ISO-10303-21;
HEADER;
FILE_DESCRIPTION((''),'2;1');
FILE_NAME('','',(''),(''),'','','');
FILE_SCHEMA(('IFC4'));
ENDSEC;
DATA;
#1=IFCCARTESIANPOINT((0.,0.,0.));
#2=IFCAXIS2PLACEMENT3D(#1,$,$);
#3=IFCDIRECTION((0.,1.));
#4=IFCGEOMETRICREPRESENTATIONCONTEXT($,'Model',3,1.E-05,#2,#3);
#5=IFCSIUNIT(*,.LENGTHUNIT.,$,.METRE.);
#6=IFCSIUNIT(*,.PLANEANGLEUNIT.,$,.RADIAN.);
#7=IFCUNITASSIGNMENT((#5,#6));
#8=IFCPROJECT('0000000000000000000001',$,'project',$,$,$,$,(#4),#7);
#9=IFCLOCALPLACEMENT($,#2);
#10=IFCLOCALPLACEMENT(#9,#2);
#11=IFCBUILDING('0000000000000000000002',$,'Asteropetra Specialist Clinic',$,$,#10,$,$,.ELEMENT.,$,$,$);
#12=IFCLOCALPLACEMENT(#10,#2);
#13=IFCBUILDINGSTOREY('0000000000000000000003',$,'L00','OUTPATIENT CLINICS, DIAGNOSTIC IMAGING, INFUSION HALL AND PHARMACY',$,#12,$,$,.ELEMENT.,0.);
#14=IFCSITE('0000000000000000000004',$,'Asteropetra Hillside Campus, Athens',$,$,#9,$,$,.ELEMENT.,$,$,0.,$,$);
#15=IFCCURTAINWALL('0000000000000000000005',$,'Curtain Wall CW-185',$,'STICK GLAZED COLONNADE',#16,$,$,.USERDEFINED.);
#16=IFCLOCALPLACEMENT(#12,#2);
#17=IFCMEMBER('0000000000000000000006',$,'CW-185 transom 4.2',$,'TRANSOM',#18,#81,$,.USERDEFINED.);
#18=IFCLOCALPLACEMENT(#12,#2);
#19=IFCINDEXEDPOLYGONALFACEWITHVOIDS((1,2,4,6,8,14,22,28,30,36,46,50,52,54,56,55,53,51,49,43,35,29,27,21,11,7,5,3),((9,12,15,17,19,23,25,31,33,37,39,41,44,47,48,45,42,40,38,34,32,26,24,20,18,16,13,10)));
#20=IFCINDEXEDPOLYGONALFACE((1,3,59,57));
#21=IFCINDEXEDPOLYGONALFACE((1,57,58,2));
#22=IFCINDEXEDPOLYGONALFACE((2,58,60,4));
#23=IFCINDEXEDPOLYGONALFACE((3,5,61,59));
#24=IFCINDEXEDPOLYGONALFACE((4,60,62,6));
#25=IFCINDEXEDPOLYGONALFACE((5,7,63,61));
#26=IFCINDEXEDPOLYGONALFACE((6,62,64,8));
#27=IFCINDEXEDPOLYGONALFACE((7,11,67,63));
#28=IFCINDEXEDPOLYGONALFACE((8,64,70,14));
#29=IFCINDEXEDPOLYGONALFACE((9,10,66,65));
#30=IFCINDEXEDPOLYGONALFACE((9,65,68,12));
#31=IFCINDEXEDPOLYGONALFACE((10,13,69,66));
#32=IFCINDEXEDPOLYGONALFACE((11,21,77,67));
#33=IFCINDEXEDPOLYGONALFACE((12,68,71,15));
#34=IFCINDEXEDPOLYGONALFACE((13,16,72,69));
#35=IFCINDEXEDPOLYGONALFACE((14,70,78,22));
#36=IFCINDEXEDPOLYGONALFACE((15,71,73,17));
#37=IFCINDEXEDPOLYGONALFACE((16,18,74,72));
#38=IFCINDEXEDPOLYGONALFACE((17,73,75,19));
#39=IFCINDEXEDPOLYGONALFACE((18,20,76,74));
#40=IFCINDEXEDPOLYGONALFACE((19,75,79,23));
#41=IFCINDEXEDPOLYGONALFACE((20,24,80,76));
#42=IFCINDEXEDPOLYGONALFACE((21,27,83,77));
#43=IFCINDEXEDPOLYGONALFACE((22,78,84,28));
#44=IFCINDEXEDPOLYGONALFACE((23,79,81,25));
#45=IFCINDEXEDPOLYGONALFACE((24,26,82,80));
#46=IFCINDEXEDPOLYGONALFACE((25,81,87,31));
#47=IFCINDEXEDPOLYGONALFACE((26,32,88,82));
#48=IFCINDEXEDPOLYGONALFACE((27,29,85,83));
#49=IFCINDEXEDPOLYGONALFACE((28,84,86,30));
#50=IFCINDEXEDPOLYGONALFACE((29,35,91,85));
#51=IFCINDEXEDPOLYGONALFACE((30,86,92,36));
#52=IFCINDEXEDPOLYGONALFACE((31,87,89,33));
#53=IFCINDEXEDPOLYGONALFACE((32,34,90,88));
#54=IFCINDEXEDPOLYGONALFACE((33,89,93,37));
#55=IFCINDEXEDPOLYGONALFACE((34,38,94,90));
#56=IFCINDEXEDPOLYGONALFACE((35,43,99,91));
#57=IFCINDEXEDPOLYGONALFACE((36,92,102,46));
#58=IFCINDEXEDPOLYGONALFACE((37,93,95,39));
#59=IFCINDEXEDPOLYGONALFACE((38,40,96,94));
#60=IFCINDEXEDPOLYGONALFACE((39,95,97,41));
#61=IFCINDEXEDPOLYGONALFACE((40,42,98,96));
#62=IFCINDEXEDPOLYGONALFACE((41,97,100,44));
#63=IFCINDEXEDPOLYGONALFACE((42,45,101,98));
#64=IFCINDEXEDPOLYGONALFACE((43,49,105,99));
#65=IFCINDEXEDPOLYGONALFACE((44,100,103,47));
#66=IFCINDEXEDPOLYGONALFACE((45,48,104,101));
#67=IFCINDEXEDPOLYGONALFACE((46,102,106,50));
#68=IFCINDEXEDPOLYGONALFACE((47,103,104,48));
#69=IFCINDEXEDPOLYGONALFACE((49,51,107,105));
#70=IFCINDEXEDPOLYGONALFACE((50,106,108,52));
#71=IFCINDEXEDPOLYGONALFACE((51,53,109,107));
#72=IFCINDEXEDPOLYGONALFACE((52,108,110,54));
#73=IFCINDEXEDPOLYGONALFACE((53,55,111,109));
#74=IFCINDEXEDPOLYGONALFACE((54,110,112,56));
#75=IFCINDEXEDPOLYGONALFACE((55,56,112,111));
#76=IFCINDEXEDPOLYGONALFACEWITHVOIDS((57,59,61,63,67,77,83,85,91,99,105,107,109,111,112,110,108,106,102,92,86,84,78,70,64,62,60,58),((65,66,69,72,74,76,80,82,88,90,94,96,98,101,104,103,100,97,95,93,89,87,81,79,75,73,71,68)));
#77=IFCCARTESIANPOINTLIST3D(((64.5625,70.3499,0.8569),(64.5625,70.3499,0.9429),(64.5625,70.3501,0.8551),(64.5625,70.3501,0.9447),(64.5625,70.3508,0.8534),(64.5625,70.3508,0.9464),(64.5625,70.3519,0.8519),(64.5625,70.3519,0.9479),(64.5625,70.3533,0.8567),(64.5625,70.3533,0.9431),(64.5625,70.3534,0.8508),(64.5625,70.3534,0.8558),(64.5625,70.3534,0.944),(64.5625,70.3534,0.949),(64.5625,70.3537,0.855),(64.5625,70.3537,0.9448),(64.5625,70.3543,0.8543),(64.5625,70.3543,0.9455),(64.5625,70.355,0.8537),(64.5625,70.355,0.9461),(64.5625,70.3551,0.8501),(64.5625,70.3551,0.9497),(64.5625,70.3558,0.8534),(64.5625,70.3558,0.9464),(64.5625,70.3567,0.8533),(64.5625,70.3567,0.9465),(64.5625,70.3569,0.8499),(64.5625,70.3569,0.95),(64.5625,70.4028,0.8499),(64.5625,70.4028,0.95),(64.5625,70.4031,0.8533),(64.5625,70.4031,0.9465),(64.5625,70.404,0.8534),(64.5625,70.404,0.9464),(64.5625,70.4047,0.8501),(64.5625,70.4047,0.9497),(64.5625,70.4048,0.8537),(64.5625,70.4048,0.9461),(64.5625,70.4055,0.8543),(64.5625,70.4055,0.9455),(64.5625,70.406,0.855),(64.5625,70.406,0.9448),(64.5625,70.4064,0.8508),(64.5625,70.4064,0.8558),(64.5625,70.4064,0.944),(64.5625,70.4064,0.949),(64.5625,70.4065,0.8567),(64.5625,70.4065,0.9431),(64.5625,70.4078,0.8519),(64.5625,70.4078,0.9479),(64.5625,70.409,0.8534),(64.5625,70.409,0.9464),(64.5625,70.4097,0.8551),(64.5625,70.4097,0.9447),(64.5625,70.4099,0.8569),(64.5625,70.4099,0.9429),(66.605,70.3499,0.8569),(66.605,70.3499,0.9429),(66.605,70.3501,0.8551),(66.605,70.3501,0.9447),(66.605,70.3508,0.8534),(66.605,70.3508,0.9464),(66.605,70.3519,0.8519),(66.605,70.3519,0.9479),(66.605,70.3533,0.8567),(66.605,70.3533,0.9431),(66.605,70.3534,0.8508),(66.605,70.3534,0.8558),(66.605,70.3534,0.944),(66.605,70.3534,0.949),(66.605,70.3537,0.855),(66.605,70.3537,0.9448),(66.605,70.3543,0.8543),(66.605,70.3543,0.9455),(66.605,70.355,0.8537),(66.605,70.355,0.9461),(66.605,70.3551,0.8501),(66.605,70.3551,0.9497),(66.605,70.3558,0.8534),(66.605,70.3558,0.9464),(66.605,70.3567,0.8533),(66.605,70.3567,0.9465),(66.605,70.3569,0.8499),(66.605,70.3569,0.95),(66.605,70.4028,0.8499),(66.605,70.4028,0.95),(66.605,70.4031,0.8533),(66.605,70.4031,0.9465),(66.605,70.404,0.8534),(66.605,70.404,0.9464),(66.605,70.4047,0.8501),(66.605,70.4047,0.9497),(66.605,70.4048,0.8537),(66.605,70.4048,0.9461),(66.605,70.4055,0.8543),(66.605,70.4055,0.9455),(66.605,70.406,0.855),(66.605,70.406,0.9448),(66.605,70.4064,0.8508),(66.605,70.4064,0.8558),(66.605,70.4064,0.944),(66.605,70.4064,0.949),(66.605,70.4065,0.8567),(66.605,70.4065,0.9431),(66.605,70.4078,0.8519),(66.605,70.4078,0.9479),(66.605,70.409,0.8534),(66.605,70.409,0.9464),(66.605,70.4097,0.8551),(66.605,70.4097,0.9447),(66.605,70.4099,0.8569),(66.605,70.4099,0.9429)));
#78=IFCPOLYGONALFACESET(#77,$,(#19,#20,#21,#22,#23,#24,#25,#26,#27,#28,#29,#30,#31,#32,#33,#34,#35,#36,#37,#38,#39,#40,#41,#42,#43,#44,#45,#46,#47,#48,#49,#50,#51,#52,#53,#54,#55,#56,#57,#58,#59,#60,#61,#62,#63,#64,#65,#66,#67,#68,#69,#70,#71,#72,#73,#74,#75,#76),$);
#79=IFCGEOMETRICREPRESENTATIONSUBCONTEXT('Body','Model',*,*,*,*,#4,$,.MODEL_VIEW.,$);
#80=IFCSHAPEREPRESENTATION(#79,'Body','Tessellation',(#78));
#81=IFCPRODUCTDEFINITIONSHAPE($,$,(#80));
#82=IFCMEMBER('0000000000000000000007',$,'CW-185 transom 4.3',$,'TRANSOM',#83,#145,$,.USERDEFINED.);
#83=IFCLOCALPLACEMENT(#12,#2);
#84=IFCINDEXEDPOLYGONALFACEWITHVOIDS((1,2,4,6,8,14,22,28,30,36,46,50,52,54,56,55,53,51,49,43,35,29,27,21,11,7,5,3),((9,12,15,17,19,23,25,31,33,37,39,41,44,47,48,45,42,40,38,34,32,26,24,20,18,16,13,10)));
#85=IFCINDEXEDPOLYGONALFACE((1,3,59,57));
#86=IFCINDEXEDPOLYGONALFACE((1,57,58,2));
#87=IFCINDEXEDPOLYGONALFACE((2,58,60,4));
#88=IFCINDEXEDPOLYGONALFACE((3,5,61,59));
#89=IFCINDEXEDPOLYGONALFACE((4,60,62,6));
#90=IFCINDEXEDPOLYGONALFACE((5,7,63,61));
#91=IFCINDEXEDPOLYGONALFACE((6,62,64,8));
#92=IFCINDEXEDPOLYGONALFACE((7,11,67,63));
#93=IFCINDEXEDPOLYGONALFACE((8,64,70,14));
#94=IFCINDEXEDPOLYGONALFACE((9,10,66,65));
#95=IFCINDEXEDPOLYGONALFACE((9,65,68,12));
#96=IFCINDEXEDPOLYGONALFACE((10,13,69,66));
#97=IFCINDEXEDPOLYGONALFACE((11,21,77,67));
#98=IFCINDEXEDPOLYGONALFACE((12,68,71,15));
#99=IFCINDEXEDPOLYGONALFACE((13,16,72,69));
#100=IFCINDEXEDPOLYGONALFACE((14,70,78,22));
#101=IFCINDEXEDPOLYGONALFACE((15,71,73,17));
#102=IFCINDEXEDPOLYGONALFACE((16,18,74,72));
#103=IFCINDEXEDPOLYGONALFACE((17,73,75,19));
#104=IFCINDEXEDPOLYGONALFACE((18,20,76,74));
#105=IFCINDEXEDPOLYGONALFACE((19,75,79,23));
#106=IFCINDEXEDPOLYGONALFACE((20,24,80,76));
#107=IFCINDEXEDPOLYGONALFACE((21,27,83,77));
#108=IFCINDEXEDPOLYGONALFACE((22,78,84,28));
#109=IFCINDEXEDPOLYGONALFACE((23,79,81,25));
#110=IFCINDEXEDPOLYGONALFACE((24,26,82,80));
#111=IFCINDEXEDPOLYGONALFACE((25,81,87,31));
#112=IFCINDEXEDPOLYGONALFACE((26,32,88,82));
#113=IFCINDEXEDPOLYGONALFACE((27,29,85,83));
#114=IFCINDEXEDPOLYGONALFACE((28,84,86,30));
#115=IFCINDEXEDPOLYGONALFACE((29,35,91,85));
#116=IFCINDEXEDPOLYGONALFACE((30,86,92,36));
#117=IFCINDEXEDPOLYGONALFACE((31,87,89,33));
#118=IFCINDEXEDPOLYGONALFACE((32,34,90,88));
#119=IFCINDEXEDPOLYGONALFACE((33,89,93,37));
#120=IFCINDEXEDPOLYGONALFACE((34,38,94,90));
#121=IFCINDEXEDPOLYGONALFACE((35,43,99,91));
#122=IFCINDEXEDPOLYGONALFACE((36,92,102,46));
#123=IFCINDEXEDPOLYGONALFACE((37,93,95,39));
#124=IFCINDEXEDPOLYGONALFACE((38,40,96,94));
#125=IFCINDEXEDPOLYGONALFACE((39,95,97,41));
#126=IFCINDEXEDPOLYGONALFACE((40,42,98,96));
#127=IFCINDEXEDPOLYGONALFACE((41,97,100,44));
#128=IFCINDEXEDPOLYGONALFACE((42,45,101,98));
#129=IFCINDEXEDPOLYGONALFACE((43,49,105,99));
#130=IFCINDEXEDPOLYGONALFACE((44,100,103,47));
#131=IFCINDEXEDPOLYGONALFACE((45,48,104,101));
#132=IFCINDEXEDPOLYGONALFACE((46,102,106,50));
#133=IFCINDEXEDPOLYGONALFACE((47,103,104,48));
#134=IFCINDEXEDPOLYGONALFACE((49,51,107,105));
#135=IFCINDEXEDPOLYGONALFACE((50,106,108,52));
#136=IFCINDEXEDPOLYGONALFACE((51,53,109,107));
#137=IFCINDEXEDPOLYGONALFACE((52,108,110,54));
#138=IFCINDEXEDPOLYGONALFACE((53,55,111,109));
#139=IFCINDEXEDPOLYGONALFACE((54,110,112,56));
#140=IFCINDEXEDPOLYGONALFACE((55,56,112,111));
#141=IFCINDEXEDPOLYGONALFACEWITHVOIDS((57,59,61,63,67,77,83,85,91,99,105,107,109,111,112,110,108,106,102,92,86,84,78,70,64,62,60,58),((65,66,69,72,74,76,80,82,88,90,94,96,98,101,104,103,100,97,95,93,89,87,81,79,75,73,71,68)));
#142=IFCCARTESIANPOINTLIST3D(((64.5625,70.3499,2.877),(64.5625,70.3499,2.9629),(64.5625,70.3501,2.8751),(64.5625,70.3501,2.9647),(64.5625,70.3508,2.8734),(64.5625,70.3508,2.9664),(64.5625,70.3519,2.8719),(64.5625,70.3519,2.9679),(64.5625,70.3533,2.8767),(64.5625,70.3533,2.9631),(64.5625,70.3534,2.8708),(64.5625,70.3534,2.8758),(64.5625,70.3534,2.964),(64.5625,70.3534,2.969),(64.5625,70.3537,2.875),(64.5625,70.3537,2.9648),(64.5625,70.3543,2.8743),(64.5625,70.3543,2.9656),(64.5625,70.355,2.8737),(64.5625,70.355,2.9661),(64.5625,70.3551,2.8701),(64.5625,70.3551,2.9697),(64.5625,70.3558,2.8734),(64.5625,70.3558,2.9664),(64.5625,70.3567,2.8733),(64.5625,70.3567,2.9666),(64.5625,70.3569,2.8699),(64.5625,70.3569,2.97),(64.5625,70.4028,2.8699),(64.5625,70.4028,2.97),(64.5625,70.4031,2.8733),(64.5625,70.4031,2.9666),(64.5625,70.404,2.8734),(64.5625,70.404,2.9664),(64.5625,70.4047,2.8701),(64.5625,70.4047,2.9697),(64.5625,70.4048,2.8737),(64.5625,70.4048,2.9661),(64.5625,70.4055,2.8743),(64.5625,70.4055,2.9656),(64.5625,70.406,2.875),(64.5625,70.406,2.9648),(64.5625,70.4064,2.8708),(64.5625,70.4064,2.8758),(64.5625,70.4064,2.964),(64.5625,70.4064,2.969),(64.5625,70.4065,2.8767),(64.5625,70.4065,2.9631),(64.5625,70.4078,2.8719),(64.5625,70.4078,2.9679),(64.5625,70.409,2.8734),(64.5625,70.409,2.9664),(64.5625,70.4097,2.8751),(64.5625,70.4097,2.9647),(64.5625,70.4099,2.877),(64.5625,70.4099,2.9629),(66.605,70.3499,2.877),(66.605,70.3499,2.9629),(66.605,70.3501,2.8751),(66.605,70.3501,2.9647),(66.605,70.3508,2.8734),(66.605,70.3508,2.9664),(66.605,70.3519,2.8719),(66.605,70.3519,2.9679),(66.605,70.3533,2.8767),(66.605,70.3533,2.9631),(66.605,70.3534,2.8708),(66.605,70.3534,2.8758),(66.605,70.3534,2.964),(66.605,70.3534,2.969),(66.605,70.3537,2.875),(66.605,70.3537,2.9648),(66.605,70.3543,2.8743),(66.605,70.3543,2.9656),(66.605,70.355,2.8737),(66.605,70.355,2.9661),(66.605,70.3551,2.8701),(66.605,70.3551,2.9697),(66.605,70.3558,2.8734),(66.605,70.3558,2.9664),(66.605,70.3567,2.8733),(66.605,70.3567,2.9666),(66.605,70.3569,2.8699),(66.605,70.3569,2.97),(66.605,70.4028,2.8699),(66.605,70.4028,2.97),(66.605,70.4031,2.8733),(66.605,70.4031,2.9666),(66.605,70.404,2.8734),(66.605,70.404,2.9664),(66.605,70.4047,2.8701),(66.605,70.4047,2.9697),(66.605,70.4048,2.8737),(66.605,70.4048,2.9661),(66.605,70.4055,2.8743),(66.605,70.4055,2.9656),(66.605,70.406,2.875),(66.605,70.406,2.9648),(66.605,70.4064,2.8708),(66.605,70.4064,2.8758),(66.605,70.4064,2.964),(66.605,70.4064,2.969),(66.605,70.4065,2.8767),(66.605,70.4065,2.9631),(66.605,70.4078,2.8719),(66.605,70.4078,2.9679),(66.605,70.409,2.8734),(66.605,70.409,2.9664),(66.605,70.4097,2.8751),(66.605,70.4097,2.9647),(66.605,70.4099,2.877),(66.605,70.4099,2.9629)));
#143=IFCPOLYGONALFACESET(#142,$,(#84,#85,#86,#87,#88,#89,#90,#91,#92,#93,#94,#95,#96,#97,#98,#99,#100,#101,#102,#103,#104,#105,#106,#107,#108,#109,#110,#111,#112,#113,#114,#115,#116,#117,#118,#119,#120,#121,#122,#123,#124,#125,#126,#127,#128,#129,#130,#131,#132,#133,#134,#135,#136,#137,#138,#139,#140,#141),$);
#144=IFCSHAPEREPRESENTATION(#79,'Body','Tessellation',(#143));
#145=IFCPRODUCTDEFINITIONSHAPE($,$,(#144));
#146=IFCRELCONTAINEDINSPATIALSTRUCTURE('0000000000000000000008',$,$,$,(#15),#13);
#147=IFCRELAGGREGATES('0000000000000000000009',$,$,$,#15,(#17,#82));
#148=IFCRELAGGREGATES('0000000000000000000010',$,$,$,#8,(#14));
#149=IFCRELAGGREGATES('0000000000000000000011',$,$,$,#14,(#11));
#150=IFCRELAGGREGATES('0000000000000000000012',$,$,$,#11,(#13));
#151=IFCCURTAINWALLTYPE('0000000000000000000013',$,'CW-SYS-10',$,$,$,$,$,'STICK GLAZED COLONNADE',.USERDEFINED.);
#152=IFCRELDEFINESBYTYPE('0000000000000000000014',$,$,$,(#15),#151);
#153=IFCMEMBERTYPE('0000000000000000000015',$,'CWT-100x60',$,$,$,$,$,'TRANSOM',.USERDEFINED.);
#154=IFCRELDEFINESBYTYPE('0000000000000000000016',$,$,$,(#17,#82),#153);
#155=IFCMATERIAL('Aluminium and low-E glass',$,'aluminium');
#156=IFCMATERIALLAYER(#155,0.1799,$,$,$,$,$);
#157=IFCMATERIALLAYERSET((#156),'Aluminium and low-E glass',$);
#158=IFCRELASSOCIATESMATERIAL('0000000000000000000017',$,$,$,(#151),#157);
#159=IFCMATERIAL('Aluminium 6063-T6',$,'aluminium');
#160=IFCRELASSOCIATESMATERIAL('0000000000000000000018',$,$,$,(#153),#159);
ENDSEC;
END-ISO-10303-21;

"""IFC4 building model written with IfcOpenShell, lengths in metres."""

from ifc_helpers import new_model, si_unit, direction, frame, origin, origin_2d, place, context, subcontext, project, spatial, hollow_rectangle, extrude, material, layer, layer_set, material_profile, profile_set, type_object, element, aggregate, save


model = new_model("IFC4")

# Units and contexts
model_context = context("Model", 3, precision=1e-05, world=origin(), true_north=direction((0.0, 1.0)))
body_context = subcontext(model_context, "Body", "Model", "MODEL_VIEW")
ifc_project = project(units=[si_unit("LENGTHUNIT", "METRE"), si_unit("PLANEANGLEUNIT", "RADIAN")], contexts=[model_context])

# Site, building, storey
site_placement = place(None, origin())
site = spatial("IfcSite", under=ifc_project, at=site_placement, Name="Asteropetra Hillside Campus, Athens", CompositionType="ELEMENT", RefElevation=0.0)
building_placement = place(site_placement, origin())
building = spatial("IfcBuilding", under=site, at=building_placement, Name="Asteropetra Specialist Clinic", CompositionType="ELEMENT")
storey_placement = place(building_placement, origin())
storey = spatial("IfcBuildingStorey", under=building, at=storey_placement, Name="L00", Description="OUTPATIENT CLINICS, DIAGNOSTIC IMAGING, INFUSION HALL AND PHARMACY", CompositionType="ELEMENT", Elevation=0.0)

# Curtain wall, members
ifc_material_1 = material(Name="Aluminium and low-E glass", Category="aluminium")
ifc_layer_1 = layer(ifc_material_1, 0.1799)
ifc_layer_set_1 = layer_set([ifc_layer_1], Name="Aluminium and low-E glass")
curtain_wall_type = type_object("IfcCurtainWallType", Name="CW-SYS-10", ElementType="STICK GLAZED COLONNADE", PredefinedType="USERDEFINED", material=ifc_layer_set_1)
curtain_wall_placement = place(storey_placement, origin())
curtain_wall = element("IfcCurtainWall", 1, at=curtain_wall_placement, inside=storey, type_object=curtain_wall_type, Name="Curtain Wall CW-185", ObjectType="STICK GLAZED COLONNADE", PredefinedType="USERDEFINED")
ifc_material_2 = material(Name="Aluminium 6063-T6", Category="aluminium")
ifc_material_profile_1 = material_profile(ifc_material_2, hollow_rectangle(XDim=0.0601, YDim=0.1001, WallThickness=0.0034, InnerFilletRadius=0.0034, OuterFilletRadius=0.0071, at=origin_2d()), Name="TRN 100x60x3.5")
ifc_profile_set_1 = profile_set([ifc_material_profile_1], Name="Aluminium 6063-T6")
member_type_1 = type_object("IfcMemberType", Name="CWT-100x60", ElementType="TRANSOM", PredefinedType="USERDEFINED", material=ifc_profile_set_1)
member_1_placement = place(storey_placement, frame((64.5625, 70.3799, 0.8999), z_axis=(1.0, 0.0, 0.0), x_axis=(0.0, 1.0, 0.0)))
member_1 = element("IfcMember", 2, at=member_1_placement, type_object=member_type_1, Name="CW-185 transom 4.2", ObjectType="TRANSOM", PredefinedType="USERDEFINED", context=body_context, shape_type="SweptSolid", body=[
    extrude(hollow_rectangle(XDim=0.0601, YDim=0.1001, WallThickness=0.0034, InnerFilletRadius=0.0034, OuterFilletRadius=0.0071, at=origin_2d()), origin(), (0.0, 0.0, 1.0), 2.0425),
])
member_2_placement = place(storey_placement, frame((64.5625, 70.3799, 2.9199), z_axis=(1.0, 0.0, 0.0), x_axis=(0.0, 1.0, 0.0)))
member_2 = element("IfcMember", 3, at=member_2_placement, type_object=member_type_1, Name="CW-185 transom 4.3", ObjectType="TRANSOM", PredefinedType="USERDEFINED", context=body_context, shape_type="SweptSolid", body=[
    extrude(hollow_rectangle(XDim=0.0601, YDim=0.1001, WallThickness=0.0034, InnerFilletRadius=0.0034, OuterFilletRadius=0.0071, at=origin_2d()), origin(), (0.0, 0.0, 1.0), 2.0425),
])
aggregate(curtain_wall, [member_1, member_2])

save(model, "model.ifc")
